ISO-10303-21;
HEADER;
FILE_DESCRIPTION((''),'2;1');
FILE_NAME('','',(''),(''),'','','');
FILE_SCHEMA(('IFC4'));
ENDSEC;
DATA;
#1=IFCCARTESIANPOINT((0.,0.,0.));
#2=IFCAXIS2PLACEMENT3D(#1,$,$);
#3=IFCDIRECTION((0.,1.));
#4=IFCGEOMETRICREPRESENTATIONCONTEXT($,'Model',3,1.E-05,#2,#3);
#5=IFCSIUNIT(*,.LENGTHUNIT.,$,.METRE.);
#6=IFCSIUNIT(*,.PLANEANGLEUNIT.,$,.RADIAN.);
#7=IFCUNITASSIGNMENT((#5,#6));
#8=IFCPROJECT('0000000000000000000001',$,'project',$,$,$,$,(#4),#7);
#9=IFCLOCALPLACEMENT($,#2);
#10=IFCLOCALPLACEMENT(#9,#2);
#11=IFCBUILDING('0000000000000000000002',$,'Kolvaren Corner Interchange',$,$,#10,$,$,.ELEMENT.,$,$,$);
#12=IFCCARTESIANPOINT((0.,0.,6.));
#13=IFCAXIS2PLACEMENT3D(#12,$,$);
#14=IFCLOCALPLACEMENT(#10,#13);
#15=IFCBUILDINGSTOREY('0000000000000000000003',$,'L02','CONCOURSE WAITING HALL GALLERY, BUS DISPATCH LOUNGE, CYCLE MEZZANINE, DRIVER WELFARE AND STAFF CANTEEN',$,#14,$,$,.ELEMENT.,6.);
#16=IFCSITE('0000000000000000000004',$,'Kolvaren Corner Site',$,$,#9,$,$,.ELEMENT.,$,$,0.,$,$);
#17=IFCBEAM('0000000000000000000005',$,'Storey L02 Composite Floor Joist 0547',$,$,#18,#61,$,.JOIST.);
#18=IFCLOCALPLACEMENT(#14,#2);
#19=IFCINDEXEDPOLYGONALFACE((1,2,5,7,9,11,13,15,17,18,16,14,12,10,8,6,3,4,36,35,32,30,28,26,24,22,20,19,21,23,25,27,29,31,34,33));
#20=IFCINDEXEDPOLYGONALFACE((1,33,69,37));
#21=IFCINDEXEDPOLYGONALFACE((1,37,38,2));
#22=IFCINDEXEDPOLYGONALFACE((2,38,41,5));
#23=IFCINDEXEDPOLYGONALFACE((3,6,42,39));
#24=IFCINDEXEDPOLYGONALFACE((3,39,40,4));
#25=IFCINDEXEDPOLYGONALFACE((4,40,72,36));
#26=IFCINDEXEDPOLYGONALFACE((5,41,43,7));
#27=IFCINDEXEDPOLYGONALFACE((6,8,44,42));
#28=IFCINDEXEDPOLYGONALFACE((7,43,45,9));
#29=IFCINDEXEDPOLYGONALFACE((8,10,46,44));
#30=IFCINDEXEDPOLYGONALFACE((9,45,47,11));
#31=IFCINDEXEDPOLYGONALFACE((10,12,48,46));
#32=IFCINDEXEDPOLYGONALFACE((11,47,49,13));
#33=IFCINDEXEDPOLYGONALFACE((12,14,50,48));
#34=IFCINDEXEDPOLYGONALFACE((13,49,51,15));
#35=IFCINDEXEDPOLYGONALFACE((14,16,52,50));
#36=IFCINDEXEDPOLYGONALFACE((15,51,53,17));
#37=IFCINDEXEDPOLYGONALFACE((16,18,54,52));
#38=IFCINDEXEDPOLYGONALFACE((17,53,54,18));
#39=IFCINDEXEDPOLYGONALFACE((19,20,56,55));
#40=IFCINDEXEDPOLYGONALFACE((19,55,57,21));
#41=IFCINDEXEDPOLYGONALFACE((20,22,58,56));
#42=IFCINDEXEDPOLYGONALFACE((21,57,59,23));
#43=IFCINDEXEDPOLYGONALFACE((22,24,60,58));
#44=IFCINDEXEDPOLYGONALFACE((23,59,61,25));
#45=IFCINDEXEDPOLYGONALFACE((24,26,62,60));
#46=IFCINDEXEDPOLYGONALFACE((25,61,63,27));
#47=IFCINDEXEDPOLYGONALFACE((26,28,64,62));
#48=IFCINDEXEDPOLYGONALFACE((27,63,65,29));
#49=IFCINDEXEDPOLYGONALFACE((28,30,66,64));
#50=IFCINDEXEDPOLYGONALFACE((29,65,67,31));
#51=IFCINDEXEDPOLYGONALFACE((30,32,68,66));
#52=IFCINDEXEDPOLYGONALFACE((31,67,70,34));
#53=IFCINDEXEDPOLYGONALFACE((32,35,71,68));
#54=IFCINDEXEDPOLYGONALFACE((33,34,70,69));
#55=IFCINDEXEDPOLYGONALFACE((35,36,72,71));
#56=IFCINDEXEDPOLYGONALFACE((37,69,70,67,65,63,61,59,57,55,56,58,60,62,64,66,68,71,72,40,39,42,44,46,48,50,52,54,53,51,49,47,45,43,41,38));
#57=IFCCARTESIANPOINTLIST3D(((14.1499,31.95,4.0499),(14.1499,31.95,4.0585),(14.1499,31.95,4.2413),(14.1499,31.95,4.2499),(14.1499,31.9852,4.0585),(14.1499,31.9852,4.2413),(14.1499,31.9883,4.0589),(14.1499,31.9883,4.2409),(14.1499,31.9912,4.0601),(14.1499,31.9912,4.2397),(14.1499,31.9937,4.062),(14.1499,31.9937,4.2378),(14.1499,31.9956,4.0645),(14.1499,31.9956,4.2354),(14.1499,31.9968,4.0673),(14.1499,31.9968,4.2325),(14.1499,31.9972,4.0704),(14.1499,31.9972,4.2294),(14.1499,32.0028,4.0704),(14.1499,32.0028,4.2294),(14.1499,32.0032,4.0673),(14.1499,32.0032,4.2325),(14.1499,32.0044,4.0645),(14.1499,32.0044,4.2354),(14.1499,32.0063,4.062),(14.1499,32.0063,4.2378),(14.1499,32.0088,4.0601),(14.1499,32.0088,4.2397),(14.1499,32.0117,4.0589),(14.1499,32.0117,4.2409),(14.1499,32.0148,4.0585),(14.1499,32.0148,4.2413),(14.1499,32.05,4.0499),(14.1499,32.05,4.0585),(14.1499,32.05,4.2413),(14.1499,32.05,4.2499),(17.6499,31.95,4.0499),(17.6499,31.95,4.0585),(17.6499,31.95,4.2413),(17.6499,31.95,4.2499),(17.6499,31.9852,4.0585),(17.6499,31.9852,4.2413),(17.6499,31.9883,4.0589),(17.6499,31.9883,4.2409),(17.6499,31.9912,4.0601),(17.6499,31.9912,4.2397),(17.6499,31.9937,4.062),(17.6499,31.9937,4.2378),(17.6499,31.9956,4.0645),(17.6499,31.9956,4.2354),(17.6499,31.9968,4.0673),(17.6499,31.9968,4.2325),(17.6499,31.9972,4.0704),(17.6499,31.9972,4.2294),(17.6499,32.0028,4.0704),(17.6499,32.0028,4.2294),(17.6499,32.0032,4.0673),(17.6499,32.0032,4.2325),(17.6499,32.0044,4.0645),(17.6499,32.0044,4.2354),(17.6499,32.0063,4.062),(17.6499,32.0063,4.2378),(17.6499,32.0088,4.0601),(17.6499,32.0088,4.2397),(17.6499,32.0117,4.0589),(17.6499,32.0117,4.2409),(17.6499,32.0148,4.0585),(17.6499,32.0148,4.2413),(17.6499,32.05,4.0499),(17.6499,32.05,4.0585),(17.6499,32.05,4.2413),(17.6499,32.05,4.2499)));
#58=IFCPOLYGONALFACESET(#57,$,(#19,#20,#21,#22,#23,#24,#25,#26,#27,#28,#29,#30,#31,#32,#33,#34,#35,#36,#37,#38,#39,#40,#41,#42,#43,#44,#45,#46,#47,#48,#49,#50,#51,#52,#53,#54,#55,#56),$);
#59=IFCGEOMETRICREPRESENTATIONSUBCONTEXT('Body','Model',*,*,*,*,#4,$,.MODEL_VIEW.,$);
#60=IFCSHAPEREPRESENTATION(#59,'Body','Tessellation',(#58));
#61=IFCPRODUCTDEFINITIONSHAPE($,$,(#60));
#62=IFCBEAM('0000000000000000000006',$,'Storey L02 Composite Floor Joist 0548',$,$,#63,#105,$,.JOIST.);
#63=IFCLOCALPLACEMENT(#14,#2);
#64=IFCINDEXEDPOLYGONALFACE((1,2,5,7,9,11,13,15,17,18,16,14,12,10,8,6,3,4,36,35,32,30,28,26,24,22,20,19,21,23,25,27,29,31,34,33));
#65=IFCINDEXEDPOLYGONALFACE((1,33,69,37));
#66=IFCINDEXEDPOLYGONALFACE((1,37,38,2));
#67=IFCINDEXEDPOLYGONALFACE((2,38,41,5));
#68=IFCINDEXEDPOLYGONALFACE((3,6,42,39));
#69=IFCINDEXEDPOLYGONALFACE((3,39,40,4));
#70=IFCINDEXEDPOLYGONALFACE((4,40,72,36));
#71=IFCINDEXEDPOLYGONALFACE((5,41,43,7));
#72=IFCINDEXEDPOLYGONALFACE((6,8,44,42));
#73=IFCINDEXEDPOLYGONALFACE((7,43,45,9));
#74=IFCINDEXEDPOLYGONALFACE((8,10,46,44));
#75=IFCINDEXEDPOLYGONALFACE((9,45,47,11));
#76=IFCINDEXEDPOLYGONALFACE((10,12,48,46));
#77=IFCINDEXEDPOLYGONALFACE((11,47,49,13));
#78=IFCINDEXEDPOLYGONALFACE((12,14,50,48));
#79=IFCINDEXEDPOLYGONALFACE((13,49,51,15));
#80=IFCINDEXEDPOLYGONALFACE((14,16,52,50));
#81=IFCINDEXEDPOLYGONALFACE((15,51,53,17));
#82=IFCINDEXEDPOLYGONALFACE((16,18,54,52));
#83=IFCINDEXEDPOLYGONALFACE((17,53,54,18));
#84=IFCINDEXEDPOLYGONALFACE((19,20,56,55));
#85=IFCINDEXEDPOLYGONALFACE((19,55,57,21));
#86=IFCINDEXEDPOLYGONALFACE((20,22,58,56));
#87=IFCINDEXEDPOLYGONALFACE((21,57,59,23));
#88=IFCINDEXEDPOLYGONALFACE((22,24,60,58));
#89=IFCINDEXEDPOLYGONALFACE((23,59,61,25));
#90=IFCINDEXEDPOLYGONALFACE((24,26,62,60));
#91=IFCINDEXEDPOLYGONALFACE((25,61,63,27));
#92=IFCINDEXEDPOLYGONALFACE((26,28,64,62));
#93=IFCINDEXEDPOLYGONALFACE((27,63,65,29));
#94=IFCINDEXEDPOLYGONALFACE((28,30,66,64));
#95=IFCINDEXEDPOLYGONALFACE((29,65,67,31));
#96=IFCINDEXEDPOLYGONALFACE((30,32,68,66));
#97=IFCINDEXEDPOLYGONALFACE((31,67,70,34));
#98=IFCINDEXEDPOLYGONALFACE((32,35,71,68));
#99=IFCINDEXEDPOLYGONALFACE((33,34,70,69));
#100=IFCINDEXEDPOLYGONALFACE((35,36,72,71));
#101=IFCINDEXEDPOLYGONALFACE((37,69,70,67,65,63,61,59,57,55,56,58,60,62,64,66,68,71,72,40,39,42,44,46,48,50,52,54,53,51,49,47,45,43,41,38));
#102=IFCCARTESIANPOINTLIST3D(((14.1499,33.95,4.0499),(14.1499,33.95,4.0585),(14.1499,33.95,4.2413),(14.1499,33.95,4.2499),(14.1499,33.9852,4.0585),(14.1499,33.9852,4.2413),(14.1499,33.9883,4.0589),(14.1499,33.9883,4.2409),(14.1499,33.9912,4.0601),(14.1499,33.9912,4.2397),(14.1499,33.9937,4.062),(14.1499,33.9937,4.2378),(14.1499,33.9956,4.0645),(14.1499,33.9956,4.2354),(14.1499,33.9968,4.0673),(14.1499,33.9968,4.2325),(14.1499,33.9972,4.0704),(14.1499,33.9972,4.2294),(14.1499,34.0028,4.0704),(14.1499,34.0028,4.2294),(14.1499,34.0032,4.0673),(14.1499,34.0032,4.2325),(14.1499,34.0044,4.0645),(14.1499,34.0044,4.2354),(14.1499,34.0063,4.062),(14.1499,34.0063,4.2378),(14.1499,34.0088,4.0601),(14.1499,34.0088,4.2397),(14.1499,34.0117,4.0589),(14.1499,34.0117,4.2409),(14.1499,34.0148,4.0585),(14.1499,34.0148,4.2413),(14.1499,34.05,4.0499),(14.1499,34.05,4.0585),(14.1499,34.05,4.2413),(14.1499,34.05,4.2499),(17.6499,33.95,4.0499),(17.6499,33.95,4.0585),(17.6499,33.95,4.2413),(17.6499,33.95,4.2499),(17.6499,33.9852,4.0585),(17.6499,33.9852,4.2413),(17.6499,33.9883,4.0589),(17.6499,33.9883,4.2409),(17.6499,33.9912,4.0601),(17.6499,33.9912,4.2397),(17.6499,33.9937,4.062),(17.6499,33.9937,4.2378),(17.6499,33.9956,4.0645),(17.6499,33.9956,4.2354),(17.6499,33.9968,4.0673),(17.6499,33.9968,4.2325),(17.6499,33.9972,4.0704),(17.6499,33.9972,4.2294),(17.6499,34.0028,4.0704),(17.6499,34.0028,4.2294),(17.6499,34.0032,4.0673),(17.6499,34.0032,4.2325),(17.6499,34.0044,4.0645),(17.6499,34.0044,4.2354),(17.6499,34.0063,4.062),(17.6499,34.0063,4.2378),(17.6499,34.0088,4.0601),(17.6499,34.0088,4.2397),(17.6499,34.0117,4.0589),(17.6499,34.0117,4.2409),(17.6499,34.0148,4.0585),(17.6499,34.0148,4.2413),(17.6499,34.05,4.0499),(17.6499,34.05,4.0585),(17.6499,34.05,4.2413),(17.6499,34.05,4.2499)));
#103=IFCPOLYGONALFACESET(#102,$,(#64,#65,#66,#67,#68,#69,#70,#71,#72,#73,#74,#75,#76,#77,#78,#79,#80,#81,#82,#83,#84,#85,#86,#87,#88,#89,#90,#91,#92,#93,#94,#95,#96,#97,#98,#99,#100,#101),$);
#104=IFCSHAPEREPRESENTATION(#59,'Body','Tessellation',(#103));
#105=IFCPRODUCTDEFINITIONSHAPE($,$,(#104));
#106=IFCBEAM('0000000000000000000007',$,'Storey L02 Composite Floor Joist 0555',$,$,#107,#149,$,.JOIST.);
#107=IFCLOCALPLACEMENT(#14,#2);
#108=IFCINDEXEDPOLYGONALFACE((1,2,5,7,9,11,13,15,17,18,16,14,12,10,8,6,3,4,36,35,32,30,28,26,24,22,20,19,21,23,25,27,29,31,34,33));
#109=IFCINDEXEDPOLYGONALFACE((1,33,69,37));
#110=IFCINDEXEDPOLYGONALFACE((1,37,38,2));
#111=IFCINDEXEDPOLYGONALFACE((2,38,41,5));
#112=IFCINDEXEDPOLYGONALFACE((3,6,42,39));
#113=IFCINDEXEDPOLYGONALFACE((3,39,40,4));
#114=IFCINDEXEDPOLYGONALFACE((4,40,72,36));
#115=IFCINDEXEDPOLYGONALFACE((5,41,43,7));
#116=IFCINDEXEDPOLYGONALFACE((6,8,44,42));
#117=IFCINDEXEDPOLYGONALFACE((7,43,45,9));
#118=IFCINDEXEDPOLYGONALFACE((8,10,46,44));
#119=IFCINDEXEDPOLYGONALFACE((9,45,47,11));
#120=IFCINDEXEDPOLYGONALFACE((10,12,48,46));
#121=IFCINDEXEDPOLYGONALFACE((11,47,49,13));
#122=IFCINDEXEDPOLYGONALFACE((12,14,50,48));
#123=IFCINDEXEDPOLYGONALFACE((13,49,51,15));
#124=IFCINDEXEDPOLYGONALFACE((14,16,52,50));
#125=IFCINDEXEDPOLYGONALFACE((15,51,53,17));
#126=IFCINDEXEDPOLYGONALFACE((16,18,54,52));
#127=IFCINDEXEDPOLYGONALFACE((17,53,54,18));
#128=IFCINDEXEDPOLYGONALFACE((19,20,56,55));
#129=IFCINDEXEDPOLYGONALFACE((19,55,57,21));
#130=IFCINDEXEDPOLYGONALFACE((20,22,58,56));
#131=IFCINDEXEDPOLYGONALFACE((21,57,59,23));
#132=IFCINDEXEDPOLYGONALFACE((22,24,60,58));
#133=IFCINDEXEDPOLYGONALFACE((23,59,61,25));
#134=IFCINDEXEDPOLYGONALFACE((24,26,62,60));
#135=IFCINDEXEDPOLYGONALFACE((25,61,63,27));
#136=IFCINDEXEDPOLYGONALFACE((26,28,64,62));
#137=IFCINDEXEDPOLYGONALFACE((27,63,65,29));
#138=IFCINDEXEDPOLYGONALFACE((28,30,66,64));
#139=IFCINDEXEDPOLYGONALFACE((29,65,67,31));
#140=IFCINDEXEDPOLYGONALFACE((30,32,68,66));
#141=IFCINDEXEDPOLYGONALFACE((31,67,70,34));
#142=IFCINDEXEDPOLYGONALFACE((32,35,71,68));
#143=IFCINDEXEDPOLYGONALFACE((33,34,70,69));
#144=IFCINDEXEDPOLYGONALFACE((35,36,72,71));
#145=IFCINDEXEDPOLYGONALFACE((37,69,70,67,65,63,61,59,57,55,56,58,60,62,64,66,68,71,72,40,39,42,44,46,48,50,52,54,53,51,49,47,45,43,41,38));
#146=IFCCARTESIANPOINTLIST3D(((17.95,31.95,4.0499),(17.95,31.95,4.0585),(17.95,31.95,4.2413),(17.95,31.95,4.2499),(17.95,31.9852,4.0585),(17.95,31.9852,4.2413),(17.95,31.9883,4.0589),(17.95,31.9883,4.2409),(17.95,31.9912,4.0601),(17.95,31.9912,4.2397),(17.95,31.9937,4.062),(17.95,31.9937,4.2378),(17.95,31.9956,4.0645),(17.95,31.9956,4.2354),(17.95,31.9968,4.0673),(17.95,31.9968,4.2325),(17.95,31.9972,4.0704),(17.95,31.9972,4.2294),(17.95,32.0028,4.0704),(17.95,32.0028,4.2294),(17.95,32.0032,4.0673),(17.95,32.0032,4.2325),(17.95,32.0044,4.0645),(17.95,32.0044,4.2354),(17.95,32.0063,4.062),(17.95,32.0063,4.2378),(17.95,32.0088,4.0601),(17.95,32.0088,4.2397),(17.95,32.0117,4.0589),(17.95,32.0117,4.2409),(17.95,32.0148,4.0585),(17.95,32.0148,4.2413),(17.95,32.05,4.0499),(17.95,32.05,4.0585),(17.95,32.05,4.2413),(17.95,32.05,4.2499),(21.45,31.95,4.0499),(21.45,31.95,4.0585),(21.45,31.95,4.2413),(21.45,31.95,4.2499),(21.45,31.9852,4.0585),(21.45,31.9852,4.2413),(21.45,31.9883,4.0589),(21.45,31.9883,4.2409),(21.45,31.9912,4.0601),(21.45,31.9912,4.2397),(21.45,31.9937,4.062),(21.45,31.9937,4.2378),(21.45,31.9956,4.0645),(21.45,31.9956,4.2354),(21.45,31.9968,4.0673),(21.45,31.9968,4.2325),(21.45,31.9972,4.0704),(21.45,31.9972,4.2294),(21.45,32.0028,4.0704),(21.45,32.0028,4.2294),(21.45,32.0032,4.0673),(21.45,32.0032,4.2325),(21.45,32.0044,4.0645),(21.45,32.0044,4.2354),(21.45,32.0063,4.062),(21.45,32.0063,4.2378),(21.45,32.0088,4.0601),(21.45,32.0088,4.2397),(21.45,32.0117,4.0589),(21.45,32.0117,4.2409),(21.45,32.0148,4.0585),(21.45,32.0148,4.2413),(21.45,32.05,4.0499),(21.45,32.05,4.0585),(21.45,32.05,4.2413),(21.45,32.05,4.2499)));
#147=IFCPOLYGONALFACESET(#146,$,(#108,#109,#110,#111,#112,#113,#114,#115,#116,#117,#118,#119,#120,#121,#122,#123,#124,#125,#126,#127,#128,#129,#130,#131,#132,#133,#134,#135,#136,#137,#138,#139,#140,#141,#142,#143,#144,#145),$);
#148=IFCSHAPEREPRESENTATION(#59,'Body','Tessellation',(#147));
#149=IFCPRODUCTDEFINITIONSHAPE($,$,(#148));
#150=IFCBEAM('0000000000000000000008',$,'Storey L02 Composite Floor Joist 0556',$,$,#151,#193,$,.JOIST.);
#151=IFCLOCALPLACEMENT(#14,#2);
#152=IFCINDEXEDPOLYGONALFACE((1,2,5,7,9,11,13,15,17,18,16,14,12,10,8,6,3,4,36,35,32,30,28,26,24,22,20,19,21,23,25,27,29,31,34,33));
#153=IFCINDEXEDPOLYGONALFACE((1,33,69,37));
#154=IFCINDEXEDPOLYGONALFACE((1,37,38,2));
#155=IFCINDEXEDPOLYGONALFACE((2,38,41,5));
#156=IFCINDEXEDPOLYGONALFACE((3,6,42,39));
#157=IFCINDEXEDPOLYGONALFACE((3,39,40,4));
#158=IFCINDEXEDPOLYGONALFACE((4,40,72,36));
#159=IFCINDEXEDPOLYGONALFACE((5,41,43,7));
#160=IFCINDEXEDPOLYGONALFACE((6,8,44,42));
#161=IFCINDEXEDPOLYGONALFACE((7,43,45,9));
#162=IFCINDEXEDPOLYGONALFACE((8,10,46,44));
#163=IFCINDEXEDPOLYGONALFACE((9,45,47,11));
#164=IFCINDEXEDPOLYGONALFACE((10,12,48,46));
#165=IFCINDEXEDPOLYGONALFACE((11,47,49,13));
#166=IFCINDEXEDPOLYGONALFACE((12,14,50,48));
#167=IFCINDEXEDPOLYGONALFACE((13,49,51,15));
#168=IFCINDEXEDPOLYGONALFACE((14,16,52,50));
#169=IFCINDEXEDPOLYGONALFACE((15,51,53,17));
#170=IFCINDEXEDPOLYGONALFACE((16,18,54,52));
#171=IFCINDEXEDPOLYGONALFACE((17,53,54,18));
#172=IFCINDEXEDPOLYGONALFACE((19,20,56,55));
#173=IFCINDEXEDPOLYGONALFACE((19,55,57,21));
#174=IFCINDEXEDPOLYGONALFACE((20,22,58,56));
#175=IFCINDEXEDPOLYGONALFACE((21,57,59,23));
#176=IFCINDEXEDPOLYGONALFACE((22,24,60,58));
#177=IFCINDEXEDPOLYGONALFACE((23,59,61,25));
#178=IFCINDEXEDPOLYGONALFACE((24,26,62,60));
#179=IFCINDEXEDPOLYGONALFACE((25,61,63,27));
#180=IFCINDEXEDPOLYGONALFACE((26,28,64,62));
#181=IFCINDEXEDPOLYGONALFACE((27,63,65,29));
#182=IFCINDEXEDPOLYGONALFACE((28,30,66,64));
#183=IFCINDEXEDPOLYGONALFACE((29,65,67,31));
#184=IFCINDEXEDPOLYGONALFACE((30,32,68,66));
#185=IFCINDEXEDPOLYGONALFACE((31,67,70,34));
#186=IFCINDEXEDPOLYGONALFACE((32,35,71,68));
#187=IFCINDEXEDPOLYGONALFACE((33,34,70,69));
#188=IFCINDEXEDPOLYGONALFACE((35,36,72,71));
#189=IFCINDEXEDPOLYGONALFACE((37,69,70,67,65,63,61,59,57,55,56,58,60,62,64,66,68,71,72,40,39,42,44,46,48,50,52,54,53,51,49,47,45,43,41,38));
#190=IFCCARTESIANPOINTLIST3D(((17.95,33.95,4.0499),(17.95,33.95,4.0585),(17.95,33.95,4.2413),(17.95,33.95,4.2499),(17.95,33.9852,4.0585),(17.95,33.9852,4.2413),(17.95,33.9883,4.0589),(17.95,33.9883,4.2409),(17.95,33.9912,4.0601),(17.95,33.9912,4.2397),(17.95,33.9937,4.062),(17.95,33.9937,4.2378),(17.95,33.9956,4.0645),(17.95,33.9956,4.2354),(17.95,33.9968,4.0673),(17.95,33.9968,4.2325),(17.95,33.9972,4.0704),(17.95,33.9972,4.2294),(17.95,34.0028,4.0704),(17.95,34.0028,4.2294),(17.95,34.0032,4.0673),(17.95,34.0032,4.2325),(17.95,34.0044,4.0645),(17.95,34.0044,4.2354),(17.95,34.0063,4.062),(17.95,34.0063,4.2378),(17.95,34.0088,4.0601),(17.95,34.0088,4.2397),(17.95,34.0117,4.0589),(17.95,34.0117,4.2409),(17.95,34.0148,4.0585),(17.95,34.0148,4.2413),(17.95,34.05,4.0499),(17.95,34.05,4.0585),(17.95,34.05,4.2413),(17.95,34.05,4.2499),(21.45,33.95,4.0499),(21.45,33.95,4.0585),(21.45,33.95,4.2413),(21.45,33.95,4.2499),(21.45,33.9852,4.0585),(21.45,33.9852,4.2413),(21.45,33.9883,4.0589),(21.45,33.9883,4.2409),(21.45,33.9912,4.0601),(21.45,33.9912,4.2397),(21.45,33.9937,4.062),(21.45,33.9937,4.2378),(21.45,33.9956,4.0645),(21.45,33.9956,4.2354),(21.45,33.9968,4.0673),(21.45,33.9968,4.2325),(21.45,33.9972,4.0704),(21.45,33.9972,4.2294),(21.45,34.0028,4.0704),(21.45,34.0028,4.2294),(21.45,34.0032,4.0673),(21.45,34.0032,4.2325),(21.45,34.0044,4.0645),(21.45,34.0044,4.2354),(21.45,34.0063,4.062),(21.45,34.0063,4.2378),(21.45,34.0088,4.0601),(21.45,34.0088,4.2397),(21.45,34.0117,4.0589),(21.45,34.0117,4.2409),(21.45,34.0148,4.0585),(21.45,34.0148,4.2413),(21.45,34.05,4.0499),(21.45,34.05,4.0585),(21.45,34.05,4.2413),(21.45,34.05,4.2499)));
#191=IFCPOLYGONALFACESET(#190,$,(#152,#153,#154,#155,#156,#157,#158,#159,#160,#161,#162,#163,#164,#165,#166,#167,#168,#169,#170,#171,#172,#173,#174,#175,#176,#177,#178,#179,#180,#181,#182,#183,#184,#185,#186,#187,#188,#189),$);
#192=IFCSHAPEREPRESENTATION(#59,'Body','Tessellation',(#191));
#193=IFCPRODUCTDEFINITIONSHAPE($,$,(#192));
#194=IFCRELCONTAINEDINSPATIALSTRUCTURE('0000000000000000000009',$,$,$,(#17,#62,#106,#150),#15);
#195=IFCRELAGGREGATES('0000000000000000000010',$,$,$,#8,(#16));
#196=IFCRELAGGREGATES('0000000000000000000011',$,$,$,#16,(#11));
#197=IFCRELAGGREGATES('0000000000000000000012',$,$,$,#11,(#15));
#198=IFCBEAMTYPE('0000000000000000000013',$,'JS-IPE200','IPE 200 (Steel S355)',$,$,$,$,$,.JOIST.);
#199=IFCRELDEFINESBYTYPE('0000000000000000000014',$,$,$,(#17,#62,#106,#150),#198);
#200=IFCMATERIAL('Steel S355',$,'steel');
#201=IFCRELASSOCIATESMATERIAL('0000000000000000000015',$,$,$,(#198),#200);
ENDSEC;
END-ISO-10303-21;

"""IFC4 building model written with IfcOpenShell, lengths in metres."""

from ifc_helpers import new_model, si_unit, direction, frame, origin, origin_2d, place, context, subcontext, project, spatial, i_section, extrude, material, material_profile, profile_set, type_object, element, save


model = new_model("IFC4")

# Units and contexts
model_context = context("Model", 3, precision=1e-05, world=origin(), true_north=direction((0.0, 1.0)))
body_context = subcontext(model_context, "Body", "Model", "MODEL_VIEW")
ifc_project = project(units=[si_unit("LENGTHUNIT", "METRE"), si_unit("PLANEANGLEUNIT", "RADIAN")], contexts=[model_context])

# Site, building, storey
site_placement = place(None, origin())
site = spatial("IfcSite", under=ifc_project, at=site_placement, Name="Kolvaren Corner Site", CompositionType="ELEMENT", RefElevation=0.0)
building_placement = place(site_placement, origin())
building = spatial("IfcBuilding", under=site, at=building_placement, Name="Kolvaren Corner Interchange", CompositionType="ELEMENT")
storey_placement = place(building_placement, frame((0.0, 0.0, 6.0)))
storey = spatial("IfcBuildingStorey", under=building, at=storey_placement, Name="L02", Description="CONCOURSE WAITING HALL GALLERY, BUS DISPATCH LOUNGE, CYCLE MEZZANINE, DRIVER WELFARE AND STAFF CANTEEN", CompositionType="ELEMENT", Elevation=6.0)

# Beams
ifc_material_1 = material(Name="Steel S355", Category="steel")
ifc_material_profile_1 = material_profile(ifc_material_1, i_section(OverallWidth=0.1001, OverallDepth=0.2, WebThickness=0.0056, FlangeThickness=0.0085, FilletRadius=0.012, at=origin_2d()), Name="IPE 200")
ifc_profile_set_1 = profile_set([ifc_material_profile_1], Name="Steel S355")
beam_type_1 = type_object("IfcBeamType", Name="JS-IPE200", Description="IPE 200 (Steel S355)", PredefinedType="JOIST", material=ifc_profile_set_1)
for number, where, z_axis, x_axis, name in (
    (1, (14.1499, 32.0, 4.1499), (1.0, 0.0, 0.0), (0.0, 1.0, 0.0), "Storey L02 Composite Floor Joist 0547"),
    (2, (14.1499, 34.0, 4.1499), (1.0, 0.0, 0.0), (0.0, 1.0, 0.0), "Storey L02 Composite Floor Joist 0548"),
    (3, (17.95, 32.0, 4.1499), (1.0, 0.0, 0.0), (0.0, 1.0, 0.0), "Storey L02 Composite Floor Joist 0555"),
    (4, (17.95, 34.0, 4.1499), (1.0, 0.0, 0.0), (0.0, 1.0, 0.0), "Storey L02 Composite Floor Joist 0556"),
):
    element("IfcBeam", number, at=place(storey_placement, frame(where, z_axis=z_axis, x_axis=x_axis)), inside=storey, type_object=beam_type_1, Name=name, PredefinedType="JOIST", context=body_context, shape_type="SweptSolid", body=[
        extrude(i_section(OverallWidth=0.1001, OverallDepth=0.2, WebThickness=0.0056, FlangeThickness=0.0085, FilletRadius=0.012, at=origin_2d()), origin(), (0.0, 0.0, 1.0), 3.5),
    ])

save(model, "model.ifc")
